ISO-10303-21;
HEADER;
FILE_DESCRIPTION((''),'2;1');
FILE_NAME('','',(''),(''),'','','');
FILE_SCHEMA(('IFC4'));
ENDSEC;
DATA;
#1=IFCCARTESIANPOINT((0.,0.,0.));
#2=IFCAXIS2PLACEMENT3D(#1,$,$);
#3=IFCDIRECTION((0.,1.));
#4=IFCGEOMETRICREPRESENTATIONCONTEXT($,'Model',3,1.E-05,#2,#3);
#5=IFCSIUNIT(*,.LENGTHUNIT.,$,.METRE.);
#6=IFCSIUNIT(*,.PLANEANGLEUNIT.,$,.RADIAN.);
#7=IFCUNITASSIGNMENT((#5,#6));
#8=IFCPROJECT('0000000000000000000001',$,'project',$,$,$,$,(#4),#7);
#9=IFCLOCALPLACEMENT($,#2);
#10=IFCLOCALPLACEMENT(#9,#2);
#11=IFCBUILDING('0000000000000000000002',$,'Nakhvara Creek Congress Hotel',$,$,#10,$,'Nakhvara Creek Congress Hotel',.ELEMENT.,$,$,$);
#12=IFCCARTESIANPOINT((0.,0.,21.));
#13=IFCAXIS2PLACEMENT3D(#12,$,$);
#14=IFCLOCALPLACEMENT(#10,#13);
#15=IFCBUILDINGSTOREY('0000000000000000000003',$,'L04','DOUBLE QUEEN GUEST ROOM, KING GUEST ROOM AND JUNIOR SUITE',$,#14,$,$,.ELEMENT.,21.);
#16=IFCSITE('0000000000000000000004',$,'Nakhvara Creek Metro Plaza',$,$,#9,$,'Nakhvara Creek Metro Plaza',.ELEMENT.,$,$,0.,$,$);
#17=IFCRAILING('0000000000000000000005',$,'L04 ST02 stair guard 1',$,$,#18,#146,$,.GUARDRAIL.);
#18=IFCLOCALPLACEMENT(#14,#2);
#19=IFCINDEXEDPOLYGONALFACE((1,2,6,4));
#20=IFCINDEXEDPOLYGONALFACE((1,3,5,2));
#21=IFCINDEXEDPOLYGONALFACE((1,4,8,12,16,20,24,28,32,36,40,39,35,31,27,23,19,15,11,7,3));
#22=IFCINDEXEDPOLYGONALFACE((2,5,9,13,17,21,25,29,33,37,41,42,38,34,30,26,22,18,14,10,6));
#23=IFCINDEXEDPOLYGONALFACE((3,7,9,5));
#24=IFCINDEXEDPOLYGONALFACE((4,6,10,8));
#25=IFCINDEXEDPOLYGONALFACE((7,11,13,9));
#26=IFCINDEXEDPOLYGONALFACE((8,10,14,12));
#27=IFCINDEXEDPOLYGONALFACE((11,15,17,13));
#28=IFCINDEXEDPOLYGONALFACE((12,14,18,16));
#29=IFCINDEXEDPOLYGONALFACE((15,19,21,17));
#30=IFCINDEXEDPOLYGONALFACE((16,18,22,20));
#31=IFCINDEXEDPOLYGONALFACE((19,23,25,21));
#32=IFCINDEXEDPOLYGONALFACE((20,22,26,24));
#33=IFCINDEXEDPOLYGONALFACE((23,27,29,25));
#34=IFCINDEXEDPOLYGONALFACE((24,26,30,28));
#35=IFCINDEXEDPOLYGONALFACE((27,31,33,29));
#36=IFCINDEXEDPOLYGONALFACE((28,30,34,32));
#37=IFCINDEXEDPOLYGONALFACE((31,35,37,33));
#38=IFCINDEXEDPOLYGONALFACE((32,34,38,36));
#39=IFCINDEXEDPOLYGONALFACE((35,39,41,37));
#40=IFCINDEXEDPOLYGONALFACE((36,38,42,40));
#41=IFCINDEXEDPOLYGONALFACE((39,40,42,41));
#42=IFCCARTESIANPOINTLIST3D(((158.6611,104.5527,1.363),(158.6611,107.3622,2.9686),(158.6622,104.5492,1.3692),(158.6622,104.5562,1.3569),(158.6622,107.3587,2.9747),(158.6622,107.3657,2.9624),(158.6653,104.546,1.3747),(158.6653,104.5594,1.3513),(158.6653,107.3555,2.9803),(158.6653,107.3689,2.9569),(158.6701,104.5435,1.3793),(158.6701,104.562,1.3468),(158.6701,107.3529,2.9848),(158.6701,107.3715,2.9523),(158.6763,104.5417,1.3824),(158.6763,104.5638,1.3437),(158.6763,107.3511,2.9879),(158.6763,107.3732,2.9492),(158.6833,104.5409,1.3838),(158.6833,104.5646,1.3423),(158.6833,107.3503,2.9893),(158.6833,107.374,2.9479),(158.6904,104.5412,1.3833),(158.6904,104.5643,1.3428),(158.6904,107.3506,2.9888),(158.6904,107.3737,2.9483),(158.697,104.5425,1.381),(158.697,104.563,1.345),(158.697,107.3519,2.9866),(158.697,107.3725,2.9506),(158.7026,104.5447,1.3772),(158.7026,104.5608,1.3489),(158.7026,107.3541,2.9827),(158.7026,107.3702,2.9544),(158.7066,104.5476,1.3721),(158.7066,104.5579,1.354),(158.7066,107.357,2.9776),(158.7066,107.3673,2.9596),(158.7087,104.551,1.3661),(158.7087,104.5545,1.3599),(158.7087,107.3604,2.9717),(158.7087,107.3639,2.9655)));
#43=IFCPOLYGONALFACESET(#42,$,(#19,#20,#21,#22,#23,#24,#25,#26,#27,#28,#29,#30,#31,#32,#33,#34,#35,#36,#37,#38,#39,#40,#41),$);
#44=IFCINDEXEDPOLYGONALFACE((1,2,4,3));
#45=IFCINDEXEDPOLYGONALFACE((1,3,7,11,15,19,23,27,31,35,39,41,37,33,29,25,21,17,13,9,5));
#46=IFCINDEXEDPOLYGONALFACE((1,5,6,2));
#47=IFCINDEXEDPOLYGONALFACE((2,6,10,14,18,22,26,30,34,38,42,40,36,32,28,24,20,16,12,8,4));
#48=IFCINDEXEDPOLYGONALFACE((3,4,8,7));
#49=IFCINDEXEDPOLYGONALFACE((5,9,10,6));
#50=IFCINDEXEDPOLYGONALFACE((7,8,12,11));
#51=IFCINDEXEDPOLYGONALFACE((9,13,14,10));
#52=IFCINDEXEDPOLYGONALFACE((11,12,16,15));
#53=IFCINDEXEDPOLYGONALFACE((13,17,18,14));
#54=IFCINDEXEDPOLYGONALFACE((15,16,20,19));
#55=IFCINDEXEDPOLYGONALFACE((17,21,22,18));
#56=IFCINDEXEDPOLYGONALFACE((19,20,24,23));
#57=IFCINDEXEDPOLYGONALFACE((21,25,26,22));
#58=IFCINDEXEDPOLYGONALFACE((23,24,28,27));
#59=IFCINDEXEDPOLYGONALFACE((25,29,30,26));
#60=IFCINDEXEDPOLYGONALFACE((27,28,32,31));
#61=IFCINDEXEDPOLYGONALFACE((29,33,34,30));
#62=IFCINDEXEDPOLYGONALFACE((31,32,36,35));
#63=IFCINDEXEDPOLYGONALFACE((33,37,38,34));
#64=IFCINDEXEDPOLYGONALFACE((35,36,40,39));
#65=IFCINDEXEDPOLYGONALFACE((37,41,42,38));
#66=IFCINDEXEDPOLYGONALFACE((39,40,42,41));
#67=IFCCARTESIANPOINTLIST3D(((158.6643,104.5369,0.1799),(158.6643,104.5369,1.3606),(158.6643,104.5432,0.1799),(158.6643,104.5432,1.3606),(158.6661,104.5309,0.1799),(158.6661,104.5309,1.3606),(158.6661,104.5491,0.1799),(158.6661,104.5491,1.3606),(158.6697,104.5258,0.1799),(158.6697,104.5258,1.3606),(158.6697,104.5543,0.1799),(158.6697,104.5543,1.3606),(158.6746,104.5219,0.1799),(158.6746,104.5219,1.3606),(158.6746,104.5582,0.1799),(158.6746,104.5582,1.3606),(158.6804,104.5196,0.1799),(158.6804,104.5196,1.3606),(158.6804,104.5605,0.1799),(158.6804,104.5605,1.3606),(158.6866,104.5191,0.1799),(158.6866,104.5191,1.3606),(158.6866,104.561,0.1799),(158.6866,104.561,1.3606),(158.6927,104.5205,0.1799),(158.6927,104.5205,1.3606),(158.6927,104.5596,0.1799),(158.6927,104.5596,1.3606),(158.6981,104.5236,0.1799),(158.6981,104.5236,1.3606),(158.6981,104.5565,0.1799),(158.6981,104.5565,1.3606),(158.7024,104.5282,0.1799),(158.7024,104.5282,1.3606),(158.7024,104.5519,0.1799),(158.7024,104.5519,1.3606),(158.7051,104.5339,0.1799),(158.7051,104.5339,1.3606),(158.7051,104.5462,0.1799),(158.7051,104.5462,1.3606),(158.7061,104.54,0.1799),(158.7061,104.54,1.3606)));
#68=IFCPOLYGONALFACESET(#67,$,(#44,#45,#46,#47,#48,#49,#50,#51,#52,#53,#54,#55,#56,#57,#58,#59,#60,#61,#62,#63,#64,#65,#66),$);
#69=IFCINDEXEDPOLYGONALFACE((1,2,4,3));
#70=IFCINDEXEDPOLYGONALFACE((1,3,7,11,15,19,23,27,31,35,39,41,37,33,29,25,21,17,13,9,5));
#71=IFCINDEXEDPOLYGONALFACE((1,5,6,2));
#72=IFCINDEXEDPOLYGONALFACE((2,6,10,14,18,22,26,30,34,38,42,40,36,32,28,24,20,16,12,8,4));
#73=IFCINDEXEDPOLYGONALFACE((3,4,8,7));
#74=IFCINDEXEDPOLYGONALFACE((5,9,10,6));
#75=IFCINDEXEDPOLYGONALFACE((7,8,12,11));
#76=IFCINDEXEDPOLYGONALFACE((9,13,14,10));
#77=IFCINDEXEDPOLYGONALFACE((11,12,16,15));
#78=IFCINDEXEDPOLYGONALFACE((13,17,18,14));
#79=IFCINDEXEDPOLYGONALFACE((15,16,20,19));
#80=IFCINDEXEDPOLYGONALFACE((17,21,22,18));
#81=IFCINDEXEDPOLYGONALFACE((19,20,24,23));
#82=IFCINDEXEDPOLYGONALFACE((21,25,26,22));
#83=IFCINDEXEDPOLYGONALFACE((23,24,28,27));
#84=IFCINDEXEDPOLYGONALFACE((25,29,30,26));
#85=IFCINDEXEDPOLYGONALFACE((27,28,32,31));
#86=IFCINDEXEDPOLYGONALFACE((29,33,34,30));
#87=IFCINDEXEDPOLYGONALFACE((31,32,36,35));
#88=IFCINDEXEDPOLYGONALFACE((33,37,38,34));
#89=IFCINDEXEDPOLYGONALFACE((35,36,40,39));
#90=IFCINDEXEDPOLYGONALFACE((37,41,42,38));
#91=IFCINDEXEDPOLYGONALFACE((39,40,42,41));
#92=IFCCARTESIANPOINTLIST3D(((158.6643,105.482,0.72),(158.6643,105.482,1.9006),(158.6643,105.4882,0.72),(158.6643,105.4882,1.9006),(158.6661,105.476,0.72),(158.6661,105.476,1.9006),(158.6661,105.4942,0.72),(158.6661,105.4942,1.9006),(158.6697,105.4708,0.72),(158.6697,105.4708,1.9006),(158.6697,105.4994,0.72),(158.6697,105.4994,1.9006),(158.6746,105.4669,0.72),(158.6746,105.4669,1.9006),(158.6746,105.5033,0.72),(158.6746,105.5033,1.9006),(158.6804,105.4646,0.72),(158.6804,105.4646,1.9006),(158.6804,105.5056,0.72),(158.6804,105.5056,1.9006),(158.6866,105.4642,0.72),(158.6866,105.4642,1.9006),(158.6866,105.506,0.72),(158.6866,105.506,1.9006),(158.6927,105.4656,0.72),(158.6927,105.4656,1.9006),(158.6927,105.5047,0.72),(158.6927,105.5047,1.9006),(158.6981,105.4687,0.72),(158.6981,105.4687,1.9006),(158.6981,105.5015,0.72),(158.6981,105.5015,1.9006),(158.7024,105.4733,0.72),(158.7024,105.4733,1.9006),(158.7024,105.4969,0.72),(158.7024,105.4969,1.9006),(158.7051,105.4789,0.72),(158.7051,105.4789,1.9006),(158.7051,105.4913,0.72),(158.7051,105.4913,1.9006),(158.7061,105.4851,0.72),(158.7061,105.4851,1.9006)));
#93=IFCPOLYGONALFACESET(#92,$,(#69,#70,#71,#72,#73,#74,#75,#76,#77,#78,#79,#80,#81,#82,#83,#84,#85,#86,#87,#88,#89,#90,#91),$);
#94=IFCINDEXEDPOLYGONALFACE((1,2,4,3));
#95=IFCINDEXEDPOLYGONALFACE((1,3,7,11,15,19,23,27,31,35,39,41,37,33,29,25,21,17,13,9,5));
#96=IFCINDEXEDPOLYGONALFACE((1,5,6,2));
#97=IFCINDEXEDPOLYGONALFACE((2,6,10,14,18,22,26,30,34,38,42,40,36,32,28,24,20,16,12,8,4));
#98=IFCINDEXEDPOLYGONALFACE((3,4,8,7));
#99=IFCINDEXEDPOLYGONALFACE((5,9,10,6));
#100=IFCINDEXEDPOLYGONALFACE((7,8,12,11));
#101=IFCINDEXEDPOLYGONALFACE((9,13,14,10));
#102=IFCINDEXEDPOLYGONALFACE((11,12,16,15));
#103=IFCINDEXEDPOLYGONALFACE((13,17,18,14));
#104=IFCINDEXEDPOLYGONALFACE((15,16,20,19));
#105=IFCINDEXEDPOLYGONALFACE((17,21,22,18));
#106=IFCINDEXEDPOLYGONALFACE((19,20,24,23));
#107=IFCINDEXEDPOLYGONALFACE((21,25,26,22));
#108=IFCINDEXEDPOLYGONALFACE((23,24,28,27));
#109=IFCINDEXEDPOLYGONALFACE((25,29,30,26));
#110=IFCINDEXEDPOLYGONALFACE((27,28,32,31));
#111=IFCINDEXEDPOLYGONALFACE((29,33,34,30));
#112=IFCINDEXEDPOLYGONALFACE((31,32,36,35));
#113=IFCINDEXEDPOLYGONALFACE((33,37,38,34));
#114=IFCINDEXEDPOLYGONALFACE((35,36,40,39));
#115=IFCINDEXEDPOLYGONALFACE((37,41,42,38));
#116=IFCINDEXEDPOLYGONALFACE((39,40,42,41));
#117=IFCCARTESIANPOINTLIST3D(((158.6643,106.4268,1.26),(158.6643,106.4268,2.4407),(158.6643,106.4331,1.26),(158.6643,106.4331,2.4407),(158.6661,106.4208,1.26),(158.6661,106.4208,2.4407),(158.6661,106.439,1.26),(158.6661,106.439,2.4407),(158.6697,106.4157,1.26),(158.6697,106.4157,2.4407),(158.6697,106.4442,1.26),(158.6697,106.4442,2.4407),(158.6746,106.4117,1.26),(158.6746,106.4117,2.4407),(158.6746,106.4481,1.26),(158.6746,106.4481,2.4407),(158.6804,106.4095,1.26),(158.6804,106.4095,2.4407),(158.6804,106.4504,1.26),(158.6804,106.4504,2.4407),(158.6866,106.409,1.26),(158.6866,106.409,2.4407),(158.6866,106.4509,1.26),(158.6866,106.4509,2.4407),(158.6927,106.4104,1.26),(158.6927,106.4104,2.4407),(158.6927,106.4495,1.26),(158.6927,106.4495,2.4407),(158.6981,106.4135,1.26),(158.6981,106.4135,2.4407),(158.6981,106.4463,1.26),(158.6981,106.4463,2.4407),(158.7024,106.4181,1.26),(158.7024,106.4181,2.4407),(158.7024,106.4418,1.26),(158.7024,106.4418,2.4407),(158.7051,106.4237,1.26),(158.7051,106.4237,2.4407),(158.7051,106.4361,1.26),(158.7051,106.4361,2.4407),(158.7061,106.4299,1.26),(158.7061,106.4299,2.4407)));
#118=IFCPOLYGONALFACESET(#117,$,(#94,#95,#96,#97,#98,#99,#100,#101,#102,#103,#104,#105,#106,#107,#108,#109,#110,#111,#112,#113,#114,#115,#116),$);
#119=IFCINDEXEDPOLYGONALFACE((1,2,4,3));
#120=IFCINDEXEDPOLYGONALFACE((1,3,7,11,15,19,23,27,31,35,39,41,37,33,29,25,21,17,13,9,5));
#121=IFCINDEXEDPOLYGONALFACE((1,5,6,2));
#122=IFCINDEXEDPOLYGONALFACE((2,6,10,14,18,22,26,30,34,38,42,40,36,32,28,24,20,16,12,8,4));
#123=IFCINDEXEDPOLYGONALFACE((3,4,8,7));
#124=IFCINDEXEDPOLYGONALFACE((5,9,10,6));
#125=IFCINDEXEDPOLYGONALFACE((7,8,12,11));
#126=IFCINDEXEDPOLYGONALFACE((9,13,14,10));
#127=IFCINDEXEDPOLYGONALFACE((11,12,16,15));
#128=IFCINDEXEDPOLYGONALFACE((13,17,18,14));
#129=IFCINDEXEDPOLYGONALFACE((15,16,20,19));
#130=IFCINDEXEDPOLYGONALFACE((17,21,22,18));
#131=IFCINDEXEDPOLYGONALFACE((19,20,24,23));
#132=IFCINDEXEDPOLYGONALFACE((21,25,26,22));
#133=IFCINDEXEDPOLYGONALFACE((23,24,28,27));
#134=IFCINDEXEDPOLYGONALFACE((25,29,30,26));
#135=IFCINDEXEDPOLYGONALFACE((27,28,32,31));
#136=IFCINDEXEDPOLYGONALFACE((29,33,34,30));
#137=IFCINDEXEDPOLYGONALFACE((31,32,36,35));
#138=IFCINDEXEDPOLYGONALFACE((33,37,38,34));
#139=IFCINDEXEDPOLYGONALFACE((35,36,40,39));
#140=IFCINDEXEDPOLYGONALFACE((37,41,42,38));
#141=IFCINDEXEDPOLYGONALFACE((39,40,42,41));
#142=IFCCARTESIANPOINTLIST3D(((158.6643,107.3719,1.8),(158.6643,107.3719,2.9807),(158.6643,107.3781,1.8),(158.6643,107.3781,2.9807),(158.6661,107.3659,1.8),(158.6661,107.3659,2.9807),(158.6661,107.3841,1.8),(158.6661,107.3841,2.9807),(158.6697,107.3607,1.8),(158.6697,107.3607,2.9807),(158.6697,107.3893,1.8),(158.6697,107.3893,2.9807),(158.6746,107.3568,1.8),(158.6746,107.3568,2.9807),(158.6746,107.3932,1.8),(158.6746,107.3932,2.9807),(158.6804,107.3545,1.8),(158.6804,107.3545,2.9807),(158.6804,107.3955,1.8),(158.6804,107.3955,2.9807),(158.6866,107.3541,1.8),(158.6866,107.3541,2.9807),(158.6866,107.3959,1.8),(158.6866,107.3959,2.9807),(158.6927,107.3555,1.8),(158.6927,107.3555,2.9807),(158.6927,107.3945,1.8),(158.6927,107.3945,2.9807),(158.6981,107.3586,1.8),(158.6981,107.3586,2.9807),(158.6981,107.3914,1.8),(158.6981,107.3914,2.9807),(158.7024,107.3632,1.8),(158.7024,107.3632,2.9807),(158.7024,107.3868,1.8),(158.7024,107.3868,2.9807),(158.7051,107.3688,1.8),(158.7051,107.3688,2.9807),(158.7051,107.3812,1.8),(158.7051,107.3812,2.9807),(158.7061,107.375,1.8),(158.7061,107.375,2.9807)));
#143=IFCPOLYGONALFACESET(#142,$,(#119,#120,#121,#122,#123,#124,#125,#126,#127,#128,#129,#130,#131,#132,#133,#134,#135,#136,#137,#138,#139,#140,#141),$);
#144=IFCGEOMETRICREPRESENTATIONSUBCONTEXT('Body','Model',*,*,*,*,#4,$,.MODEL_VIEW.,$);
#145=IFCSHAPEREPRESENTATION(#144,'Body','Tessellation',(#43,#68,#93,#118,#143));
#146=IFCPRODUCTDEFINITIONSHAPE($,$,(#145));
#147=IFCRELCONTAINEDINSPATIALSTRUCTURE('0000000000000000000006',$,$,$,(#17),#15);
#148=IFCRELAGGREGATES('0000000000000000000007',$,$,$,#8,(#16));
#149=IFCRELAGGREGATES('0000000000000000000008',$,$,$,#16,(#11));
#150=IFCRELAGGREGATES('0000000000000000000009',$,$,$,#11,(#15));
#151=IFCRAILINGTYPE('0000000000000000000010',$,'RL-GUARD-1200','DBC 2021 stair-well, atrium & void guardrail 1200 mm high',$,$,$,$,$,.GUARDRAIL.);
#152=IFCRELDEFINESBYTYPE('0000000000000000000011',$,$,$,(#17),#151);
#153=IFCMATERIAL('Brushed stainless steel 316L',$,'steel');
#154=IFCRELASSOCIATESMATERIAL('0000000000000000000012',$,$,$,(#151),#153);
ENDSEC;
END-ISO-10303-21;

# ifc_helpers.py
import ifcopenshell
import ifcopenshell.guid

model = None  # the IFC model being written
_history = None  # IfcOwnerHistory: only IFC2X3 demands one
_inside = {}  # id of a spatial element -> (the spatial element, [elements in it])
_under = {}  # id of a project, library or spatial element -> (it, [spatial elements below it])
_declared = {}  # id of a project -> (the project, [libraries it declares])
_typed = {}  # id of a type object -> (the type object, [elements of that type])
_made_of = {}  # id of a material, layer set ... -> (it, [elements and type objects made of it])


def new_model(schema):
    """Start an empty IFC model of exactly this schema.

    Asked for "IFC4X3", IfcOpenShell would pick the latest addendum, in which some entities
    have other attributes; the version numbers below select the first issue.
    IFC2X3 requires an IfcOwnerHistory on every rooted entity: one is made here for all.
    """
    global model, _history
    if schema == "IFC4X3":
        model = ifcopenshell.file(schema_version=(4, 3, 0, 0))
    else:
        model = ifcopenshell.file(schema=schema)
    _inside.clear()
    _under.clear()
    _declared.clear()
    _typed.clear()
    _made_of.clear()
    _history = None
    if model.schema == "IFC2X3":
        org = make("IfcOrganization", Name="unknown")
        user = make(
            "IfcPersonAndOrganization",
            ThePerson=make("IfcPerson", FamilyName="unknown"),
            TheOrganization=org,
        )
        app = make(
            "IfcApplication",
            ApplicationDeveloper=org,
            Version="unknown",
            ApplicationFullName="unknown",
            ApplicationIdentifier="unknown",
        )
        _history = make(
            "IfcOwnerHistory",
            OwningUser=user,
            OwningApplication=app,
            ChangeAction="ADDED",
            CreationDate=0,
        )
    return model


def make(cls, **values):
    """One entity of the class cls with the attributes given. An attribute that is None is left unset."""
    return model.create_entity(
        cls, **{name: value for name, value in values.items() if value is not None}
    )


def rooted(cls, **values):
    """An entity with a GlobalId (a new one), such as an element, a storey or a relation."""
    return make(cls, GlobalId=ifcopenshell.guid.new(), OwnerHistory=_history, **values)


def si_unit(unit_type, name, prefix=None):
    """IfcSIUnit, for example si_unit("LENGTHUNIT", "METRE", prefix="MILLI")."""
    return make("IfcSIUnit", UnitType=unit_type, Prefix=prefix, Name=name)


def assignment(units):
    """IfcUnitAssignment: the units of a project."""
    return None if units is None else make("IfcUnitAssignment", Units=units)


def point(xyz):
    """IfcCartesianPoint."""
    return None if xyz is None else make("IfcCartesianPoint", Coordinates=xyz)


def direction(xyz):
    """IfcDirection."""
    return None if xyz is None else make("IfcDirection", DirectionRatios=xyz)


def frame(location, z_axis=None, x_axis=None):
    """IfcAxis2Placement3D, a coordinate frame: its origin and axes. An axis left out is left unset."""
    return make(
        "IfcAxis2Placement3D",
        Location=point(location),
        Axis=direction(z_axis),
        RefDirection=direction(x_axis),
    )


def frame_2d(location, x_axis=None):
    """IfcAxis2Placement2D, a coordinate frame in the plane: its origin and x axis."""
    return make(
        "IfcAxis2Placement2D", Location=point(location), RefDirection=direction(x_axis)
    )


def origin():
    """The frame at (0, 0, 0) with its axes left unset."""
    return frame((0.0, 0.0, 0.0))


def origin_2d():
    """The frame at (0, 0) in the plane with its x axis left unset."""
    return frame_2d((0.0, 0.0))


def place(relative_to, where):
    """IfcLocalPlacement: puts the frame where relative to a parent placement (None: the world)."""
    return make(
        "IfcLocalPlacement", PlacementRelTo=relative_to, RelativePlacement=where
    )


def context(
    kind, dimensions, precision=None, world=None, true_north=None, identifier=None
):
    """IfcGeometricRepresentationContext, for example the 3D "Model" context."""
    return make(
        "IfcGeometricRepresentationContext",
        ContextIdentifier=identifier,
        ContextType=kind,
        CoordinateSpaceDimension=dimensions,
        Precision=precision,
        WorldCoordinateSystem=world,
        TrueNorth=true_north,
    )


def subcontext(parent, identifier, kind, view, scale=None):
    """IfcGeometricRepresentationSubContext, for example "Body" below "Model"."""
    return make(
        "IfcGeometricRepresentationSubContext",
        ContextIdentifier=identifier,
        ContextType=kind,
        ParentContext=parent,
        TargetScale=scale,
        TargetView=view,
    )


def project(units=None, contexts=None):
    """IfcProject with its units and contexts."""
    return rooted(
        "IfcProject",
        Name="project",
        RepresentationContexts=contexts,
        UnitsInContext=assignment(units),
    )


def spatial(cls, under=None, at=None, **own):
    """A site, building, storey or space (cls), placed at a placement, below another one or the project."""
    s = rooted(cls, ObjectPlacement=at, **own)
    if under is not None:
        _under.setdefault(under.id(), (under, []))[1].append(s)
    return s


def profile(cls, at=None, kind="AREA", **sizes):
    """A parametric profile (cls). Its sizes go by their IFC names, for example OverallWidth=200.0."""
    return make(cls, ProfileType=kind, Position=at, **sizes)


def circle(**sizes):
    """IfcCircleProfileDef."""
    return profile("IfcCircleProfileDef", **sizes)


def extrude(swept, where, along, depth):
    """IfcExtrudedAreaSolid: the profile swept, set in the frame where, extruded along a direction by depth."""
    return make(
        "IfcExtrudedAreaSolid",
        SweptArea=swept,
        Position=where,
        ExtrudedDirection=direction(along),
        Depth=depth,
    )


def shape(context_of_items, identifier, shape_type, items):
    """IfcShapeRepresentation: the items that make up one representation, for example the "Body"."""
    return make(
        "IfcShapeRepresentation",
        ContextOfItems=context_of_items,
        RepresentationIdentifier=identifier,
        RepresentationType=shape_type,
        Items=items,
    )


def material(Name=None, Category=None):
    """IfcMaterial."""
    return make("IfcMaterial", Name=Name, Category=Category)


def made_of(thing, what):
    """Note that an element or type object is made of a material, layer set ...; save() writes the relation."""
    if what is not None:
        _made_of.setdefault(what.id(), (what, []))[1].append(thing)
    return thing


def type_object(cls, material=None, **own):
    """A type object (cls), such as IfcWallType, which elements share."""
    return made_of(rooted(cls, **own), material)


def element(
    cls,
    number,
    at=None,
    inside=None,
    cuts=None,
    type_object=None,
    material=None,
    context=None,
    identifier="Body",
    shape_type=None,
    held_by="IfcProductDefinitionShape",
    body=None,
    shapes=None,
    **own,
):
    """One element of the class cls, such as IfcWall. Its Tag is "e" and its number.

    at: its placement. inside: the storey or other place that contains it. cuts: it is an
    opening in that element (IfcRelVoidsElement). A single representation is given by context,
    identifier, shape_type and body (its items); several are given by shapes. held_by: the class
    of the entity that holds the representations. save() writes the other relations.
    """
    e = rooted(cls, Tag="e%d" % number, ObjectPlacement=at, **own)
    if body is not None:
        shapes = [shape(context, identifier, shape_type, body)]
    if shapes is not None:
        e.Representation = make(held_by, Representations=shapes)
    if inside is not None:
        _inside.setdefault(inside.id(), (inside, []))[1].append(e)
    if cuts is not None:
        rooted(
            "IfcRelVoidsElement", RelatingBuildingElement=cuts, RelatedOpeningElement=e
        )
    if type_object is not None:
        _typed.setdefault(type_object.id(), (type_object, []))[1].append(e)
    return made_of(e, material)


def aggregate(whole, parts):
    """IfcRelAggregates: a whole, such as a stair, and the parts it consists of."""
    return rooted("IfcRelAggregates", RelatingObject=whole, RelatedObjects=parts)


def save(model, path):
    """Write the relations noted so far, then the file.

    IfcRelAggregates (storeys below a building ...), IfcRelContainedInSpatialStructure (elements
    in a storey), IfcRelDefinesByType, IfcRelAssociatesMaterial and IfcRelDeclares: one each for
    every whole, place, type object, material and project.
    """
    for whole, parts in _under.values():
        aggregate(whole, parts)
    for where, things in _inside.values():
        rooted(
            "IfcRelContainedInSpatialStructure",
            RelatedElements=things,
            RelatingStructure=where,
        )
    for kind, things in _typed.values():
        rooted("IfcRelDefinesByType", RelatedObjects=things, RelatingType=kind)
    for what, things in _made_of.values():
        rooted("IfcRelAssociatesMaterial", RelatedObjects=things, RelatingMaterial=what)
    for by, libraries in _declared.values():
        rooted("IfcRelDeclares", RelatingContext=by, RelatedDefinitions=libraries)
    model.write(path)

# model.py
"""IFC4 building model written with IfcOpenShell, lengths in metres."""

from ifc_helpers import new_model, si_unit, direction, frame, origin, origin_2d, place, context, subcontext, project, spatial, circle, extrude, material, type_object, element, save


model = new_model("IFC4")

# Units and contexts
model_context = context("Model", 3, precision=1e-05, world=origin(), true_north=direction((0.0, 1.0)))
body_context = subcontext(model_context, "Body", "Model", "MODEL_VIEW")
ifc_project = project(units=[si_unit("LENGTHUNIT", "METRE"), si_unit("PLANEANGLEUNIT", "RADIAN")], contexts=[model_context])

# Site, building, storey
site_placement = place(None, origin())
site = spatial("IfcSite", under=ifc_project, at=site_placement, Name="Nakhvara Creek Metro Plaza", LongName="Nakhvara Creek Metro Plaza", CompositionType="ELEMENT", RefElevation=0.0)
building_placement = place(site_placement, origin())
building = spatial("IfcBuilding", under=site, at=building_placement, Name="Nakhvara Creek Congress Hotel", LongName="Nakhvara Creek Congress Hotel", CompositionType="ELEMENT")
storey_placement = place(building_placement, frame((0.0, 0.0, 21.0)))
storey = spatial("IfcBuildingStorey", under=building, at=storey_placement, Name="L04", Description="DOUBLE QUEEN GUEST ROOM, KING GUEST ROOM AND JUNIOR SUITE", CompositionType="ELEMENT", Elevation=21.0)

# Railing
ifc_material_1 = material(Name="Brushed stainless steel 316L", Category="steel")
railing_type_1 = type_object("IfcRailingType", Name="RL-GUARD-1200", Description="DBC 2021 stair-well, atrium & void guardrail 1200 mm high", PredefinedType="GUARDRAIL", material=ifc_material_1)
railing_1_placement = place(storey_placement, frame((158.6851, 104.54, 0.1799)))
element("IfcRailing", 1, at=railing_1_placement, inside=storey, type_object=railing_type_1, Name="L04 ST02 stair guard 1", PredefinedType="GUARDRAIL", context=body_context, shape_type="SweptSolid", body=[
    extrude(circle(Radius=0.0239, at=origin_2d()), frame((0.0, 0.0127, 1.1831), z_axis=(0.0, 0.868225, 0.496171), x_axis=(-1.0, 0.0, 0.0)), (0.0, 0.0, 1.0), 3.2358),
    extrude(circle(Radius=0.021, at=origin_2d()), origin(), (0.0, 0.0, 1.0), 1.1807),
    extrude(circle(Radius=0.021, at=origin_2d()), frame((0.0, 0.9451, 0.54)), (0.0, 0.0, 1.0), 1.1807),
    extrude(circle(Radius=0.021, at=origin_2d()), frame((0.0, 1.8899, 1.0801)), (0.0, 0.0, 1.0), 1.1807),
    extrude(circle(Radius=0.021, at=origin_2d()), frame((0.0, 2.835, 1.6201)), (0.0, 0.0, 1.0), 1.1807),
])

save(model, "model.ifc")
